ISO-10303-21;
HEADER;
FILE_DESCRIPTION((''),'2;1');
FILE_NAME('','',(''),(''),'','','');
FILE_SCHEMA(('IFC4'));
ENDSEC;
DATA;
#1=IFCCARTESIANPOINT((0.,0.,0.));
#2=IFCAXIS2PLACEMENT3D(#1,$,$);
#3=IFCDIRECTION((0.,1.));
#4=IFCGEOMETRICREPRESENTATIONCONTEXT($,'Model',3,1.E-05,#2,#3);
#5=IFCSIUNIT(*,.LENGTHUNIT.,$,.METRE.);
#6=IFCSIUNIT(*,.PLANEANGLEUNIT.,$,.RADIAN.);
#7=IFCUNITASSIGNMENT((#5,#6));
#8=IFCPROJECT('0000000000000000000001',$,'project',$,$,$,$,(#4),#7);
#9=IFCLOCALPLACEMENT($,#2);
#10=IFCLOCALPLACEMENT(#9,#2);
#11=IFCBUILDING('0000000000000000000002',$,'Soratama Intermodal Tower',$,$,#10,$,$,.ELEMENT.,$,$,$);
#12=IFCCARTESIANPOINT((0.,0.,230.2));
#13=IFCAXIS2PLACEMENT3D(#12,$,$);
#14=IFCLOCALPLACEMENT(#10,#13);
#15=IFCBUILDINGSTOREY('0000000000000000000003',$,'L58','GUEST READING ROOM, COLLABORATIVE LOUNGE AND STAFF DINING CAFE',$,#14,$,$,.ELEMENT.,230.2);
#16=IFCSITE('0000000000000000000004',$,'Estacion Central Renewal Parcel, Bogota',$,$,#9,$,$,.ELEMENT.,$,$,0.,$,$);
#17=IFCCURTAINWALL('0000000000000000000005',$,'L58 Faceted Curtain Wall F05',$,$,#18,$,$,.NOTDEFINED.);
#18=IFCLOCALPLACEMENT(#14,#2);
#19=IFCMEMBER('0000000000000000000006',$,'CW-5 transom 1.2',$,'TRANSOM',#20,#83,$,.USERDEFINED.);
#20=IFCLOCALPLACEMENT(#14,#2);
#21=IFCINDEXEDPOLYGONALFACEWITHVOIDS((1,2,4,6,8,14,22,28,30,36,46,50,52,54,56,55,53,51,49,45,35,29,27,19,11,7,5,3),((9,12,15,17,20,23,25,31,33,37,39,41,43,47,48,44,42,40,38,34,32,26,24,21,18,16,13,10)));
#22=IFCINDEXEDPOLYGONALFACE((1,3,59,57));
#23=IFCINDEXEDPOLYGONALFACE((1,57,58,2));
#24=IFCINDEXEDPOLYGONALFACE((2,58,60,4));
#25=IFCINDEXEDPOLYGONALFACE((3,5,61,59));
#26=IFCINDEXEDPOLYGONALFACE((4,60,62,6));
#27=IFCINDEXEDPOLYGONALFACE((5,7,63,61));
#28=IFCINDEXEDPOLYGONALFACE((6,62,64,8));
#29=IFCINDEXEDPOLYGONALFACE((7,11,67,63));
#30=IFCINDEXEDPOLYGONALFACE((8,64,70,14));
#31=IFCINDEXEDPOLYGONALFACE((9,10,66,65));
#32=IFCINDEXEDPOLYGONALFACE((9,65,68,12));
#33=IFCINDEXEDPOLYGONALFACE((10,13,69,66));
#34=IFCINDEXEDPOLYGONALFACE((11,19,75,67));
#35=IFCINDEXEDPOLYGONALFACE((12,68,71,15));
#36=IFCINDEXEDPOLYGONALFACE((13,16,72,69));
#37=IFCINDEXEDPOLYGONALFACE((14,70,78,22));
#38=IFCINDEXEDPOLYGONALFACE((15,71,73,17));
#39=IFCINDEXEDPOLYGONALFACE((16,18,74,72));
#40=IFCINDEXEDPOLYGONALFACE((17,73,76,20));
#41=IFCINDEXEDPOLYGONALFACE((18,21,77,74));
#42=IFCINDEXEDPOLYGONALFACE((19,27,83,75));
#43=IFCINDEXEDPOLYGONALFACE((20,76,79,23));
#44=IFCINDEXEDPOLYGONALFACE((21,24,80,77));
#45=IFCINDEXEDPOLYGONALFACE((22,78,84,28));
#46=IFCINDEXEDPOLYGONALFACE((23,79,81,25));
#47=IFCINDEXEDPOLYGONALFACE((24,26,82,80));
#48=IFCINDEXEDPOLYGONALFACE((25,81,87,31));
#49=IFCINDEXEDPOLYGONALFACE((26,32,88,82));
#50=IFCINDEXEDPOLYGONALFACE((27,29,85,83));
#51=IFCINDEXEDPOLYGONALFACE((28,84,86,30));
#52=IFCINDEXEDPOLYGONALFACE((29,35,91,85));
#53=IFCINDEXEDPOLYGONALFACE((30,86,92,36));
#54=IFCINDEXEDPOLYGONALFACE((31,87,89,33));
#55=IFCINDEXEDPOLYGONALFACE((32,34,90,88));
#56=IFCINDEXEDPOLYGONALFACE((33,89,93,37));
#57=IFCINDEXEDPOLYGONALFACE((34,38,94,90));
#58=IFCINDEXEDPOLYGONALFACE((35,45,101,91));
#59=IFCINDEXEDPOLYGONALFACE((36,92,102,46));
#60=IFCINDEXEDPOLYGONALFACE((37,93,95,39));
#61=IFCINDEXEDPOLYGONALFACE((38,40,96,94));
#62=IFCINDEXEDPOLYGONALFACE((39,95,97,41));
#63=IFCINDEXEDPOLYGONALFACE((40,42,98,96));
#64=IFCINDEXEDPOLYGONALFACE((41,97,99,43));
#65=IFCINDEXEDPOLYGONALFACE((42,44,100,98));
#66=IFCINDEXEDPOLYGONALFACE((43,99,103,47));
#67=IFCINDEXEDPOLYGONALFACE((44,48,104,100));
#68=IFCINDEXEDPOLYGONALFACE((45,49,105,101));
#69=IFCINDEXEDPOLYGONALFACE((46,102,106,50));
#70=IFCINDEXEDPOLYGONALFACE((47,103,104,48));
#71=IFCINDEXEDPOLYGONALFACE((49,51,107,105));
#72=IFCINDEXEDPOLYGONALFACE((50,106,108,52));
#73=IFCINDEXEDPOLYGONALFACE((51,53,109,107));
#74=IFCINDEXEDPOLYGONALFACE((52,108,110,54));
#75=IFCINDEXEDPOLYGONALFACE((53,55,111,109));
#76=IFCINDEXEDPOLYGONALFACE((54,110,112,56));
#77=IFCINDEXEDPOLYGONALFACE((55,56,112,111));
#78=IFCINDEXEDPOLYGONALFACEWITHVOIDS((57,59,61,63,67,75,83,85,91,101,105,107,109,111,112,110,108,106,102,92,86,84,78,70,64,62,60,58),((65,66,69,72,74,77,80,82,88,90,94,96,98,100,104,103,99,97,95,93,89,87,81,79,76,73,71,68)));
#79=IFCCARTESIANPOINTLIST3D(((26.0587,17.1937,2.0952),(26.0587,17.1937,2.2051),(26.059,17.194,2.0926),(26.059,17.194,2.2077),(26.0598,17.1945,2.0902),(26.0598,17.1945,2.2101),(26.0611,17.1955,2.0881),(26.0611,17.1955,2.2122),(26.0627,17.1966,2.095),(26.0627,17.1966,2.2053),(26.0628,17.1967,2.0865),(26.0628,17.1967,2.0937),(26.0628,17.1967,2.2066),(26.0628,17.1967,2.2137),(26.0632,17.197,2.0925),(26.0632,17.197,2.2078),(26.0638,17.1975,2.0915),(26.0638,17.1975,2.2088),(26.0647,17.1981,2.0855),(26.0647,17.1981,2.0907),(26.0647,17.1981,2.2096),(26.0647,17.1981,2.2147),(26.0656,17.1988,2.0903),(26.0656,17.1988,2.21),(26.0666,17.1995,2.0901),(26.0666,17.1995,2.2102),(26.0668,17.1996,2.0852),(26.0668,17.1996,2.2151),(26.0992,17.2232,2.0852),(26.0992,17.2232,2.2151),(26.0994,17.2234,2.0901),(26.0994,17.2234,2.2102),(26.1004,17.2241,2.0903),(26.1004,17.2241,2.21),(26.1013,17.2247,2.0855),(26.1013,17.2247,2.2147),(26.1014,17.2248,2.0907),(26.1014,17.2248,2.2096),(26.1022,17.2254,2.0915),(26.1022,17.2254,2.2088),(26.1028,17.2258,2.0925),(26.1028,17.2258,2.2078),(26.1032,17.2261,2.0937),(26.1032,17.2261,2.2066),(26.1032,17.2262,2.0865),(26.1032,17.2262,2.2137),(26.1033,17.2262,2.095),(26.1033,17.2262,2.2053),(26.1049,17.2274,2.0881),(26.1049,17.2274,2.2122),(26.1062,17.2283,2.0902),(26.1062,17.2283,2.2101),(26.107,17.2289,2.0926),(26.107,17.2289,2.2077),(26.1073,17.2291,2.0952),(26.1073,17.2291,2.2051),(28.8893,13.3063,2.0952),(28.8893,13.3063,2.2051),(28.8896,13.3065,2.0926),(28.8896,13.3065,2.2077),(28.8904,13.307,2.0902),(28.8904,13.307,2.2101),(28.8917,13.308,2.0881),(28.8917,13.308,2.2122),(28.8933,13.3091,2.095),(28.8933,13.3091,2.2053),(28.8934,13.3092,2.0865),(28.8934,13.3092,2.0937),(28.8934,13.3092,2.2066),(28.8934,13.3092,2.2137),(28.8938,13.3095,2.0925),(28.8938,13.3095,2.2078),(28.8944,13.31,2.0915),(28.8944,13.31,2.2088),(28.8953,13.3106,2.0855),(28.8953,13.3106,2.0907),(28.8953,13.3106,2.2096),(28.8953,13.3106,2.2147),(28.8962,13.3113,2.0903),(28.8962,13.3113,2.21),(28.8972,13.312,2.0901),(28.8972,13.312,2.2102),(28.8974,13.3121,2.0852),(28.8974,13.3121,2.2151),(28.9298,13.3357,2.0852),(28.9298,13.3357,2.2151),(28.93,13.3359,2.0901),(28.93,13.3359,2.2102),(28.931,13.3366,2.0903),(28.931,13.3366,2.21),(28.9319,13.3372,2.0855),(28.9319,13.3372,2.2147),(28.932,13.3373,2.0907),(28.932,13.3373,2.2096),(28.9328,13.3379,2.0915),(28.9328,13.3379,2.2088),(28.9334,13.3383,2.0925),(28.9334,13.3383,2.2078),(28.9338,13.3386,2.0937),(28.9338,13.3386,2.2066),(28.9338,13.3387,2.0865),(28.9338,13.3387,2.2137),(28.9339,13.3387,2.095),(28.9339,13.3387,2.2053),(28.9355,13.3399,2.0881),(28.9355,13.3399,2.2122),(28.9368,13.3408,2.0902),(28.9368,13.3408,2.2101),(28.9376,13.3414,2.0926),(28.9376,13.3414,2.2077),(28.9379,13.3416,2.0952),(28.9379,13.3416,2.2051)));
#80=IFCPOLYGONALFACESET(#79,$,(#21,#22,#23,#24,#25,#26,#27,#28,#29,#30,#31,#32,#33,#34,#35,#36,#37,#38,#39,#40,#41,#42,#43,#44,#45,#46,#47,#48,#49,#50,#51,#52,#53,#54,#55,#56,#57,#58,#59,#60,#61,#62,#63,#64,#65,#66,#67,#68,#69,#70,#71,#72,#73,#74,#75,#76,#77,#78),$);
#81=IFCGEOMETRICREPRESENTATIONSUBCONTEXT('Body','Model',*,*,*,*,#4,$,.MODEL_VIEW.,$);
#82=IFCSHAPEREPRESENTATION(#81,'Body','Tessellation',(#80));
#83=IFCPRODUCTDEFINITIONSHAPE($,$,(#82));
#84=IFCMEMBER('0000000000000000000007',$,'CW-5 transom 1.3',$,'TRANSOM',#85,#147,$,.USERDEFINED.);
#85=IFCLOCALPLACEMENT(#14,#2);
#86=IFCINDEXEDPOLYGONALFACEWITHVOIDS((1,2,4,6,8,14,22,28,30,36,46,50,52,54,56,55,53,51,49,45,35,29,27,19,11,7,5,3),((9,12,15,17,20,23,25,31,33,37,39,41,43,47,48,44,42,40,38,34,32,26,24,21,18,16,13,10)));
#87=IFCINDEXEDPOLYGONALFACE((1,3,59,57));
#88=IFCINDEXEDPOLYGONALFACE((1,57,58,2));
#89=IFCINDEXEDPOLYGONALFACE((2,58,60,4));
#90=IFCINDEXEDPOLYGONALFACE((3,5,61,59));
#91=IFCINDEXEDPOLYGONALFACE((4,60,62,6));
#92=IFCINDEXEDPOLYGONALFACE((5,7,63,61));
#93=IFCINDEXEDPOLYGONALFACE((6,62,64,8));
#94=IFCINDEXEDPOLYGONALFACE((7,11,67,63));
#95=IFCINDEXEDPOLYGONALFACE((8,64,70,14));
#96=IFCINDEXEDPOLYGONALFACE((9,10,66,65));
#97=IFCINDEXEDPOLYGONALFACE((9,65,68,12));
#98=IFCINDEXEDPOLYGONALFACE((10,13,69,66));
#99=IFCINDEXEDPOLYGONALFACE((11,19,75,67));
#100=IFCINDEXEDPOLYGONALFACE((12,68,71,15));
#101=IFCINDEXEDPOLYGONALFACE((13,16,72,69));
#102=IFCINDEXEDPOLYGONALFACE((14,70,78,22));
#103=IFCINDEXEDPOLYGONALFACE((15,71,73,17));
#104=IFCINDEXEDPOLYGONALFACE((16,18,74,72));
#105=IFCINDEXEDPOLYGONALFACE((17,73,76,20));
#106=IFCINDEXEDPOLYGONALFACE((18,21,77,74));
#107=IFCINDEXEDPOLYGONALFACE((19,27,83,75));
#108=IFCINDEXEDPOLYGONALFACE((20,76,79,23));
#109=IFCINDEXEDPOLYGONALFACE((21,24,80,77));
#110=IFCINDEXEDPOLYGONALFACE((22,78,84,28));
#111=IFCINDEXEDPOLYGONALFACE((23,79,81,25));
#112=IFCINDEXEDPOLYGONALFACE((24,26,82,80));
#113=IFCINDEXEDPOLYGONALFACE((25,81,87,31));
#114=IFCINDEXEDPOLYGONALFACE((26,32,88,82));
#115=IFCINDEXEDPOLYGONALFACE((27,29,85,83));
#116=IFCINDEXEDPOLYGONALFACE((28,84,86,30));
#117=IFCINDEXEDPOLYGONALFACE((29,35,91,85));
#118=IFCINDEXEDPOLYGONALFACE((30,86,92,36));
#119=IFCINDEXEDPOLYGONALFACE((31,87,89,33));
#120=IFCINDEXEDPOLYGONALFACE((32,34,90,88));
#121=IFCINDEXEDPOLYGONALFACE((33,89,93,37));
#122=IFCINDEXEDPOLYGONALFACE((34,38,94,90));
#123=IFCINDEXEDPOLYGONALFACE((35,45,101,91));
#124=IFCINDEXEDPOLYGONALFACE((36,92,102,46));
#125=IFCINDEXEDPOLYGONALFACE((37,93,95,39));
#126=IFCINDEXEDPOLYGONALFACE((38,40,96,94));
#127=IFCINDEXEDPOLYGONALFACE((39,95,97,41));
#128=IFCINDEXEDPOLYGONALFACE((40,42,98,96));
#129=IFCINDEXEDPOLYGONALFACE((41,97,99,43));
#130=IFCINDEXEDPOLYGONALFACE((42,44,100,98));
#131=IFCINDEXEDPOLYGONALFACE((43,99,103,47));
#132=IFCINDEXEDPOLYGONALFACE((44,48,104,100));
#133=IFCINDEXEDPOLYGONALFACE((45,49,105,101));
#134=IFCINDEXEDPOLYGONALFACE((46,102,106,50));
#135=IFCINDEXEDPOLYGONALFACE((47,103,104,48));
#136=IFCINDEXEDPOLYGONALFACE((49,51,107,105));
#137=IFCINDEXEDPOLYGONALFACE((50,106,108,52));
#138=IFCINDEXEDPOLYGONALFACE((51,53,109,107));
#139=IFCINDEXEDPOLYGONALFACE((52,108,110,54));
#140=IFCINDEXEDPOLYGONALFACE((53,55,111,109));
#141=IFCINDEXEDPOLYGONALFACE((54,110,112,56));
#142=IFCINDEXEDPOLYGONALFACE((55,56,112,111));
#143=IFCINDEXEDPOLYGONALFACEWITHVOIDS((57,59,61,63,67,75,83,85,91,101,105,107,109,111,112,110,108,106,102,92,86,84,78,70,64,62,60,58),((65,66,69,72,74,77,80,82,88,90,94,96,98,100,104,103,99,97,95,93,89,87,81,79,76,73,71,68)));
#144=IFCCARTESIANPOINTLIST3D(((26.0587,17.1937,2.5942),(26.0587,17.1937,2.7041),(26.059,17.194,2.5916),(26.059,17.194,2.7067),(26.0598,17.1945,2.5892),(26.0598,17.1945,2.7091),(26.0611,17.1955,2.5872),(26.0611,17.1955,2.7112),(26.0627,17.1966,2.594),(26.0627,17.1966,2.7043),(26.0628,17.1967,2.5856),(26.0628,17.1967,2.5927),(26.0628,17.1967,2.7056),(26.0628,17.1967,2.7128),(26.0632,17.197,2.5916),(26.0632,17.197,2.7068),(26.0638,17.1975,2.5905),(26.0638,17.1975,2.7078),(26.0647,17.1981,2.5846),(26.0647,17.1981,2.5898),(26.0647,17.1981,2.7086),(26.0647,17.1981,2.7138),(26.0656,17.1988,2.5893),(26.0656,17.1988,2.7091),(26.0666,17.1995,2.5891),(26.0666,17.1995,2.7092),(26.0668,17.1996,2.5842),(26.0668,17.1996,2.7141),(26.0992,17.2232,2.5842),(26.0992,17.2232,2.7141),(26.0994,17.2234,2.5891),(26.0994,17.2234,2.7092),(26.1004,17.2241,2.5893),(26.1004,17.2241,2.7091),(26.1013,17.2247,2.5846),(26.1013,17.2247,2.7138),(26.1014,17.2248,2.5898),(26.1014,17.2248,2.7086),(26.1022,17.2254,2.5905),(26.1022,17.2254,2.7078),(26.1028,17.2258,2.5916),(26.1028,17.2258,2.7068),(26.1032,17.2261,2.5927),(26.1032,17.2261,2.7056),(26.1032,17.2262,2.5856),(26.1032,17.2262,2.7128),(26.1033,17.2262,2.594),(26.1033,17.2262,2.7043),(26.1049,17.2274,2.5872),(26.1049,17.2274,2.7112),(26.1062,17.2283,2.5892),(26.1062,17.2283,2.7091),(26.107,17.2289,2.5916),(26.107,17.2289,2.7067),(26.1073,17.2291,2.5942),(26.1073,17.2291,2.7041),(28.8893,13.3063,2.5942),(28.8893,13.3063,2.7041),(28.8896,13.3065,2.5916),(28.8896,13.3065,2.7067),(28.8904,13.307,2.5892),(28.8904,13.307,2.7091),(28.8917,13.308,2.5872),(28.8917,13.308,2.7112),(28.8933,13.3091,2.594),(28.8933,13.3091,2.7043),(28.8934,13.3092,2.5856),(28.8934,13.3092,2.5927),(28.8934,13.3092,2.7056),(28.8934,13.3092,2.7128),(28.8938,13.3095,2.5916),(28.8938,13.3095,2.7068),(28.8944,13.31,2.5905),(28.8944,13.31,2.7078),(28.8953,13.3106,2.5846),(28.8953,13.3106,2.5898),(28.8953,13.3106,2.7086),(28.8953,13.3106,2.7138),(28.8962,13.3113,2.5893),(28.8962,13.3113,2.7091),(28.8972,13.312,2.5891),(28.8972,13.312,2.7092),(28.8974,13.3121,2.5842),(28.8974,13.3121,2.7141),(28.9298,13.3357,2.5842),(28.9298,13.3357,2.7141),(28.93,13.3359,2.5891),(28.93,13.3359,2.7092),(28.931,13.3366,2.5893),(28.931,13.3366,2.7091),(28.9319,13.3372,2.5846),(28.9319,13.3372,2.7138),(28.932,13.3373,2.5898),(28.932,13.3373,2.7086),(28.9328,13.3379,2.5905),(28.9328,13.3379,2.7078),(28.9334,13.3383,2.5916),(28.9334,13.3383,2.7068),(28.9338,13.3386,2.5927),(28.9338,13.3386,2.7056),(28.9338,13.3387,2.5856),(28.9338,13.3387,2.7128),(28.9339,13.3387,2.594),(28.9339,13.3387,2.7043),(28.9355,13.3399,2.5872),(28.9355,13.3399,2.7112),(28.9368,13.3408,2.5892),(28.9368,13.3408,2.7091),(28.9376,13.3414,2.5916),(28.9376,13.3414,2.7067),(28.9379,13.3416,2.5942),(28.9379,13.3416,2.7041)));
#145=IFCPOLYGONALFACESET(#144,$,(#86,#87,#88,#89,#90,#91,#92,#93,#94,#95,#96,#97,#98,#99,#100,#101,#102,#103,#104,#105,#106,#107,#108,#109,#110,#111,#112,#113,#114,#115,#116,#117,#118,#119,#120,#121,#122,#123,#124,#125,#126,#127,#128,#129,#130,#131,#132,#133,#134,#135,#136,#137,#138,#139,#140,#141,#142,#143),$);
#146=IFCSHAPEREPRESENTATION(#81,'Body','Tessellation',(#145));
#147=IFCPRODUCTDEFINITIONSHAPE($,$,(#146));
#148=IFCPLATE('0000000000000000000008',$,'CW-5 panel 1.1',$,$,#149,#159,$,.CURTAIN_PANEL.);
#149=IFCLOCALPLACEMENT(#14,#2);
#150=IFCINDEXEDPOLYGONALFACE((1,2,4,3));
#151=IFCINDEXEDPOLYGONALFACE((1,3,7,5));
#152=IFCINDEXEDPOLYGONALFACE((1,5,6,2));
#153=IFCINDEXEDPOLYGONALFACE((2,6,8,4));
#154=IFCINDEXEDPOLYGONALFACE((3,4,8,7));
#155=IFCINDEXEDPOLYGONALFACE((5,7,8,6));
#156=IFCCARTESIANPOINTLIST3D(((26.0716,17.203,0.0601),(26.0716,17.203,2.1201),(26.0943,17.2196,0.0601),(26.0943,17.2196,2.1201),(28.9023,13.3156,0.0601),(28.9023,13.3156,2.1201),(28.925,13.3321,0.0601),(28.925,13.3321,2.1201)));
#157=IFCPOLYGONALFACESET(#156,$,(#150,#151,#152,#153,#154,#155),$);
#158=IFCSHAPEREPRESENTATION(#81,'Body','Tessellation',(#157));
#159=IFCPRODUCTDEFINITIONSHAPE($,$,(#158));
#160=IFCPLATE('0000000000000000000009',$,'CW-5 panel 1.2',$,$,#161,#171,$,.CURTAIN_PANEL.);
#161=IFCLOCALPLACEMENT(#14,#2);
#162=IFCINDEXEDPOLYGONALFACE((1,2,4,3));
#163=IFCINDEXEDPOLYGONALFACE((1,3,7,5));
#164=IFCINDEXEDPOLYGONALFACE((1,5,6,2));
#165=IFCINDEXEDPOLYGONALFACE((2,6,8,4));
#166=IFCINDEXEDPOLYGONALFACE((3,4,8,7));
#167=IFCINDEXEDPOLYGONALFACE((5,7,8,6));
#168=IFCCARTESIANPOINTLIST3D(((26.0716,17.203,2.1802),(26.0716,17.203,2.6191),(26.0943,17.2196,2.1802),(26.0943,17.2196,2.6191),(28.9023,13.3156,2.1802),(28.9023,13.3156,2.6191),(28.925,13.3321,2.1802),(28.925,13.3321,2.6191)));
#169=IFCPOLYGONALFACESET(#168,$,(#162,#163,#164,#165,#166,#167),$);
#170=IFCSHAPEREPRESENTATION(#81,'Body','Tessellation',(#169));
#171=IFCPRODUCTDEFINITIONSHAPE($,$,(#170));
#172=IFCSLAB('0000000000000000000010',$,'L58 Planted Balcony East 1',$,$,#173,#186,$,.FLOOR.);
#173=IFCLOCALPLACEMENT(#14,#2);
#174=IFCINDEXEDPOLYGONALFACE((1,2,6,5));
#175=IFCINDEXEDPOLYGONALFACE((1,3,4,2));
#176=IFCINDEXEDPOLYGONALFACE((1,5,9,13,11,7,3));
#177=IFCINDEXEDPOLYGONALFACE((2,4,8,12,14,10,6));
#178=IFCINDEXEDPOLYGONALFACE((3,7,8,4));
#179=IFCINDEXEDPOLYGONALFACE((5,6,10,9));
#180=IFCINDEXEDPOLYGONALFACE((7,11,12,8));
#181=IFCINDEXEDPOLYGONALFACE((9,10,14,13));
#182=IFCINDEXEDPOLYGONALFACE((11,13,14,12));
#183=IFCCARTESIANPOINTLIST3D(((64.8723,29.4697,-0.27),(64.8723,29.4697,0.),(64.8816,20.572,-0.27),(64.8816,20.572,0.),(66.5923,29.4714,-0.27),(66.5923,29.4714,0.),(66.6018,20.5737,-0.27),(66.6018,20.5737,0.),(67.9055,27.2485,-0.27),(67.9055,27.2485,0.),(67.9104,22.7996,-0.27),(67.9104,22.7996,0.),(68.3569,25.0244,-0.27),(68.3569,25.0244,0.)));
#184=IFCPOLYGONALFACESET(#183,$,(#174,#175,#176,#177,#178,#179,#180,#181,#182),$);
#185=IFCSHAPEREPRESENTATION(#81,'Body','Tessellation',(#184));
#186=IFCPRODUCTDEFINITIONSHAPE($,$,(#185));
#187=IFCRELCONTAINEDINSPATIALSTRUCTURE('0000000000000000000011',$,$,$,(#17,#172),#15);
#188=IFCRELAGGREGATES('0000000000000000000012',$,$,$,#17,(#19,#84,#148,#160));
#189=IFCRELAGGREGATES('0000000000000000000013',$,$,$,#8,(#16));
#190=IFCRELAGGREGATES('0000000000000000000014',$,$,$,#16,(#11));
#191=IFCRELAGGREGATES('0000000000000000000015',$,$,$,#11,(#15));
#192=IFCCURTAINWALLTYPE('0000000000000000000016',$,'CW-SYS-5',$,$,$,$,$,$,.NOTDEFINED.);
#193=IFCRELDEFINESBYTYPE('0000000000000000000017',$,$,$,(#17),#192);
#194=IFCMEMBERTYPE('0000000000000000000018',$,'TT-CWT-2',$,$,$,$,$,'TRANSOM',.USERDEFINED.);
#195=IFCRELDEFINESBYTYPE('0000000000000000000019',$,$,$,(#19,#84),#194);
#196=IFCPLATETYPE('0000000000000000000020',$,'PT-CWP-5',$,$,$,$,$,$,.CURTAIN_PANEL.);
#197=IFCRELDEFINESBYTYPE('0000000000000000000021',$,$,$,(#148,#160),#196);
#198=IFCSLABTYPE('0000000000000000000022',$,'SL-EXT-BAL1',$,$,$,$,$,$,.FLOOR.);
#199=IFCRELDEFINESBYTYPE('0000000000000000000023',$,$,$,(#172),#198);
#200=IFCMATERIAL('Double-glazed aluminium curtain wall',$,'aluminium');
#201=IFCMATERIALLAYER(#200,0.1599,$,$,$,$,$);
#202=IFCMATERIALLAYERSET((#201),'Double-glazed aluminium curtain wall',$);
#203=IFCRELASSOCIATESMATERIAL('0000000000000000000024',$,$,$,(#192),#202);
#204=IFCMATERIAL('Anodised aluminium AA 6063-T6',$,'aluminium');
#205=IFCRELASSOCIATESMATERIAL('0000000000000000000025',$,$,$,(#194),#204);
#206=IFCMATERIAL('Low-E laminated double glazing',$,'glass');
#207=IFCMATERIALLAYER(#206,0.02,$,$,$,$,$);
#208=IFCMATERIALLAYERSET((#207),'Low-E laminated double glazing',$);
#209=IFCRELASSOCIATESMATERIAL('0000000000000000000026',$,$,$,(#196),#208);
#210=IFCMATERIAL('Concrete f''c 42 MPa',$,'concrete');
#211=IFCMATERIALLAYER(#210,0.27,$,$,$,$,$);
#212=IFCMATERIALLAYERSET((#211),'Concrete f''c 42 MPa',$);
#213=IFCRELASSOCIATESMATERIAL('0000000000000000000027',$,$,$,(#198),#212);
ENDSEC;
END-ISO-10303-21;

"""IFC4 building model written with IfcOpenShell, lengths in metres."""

from ifc_helpers import new_model, si_unit, direction, frame, origin, origin_2d, place, context, subcontext, project, spatial, polyline, rectangle, hollow_rectangle, outline, extrude, material, layer, layer_set, material_profile, profile_set, type_object, element, aggregate, save


model = new_model("IFC4")

# Units and contexts
model_context = context("Model", 3, precision=1e-05, world=origin(), true_north=direction((0.0, 1.0)))
body_context = subcontext(model_context, "Body", "Model", "MODEL_VIEW")
ifc_project = project(units=[si_unit("LENGTHUNIT", "METRE"), si_unit("PLANEANGLEUNIT", "RADIAN")], contexts=[model_context])

# Site, building, storey
site_placement = place(None, origin())
site = spatial("IfcSite", under=ifc_project, at=site_placement, Name="Estacion Central Renewal Parcel, Bogota", CompositionType="ELEMENT", RefElevation=0.0)
building_placement = place(site_placement, origin())
building = spatial("IfcBuilding", under=site, at=building_placement, Name="Soratama Intermodal Tower", CompositionType="ELEMENT")
storey_placement = place(building_placement, frame((0.0, 0.0, 230.2)))
storey = spatial("IfcBuildingStorey", under=building, at=storey_placement, Name="L58", Description="GUEST READING ROOM, COLLABORATIVE LOUNGE AND STAFF DINING CAFE", CompositionType="ELEMENT", Elevation=230.2)

# Curtain wall, members, plates
ifc_material_1 = material(Name="Double-glazed aluminium curtain wall", Category="aluminium")
ifc_layer_1 = layer(ifc_material_1, 0.1599)
ifc_layer_set_1 = layer_set([ifc_layer_1], Name="Double-glazed aluminium curtain wall")
curtain_wall_type = type_object("IfcCurtainWallType", Name="CW-SYS-5", PredefinedType="NOTDEFINED", material=ifc_layer_set_1)
curtain_wall_placement = place(storey_placement, origin())
curtain_wall = element("IfcCurtainWall", 1, at=curtain_wall_placement, inside=storey, type_object=curtain_wall_type, Name="L58 Faceted Curtain Wall F05", PredefinedType="NOTDEFINED")
ifc_material_2 = material(Name="Anodised aluminium AA 6063-T6", Category="aluminium")
ifc_material_profile_1 = material_profile(ifc_material_2, hollow_rectangle(XDim=0.0601, YDim=0.1299, WallThickness=0.0049, InnerFilletRadius=0.0049, OuterFilletRadius=0.01, at=origin_2d()), Name="CWT130X60X5")
ifc_profile_set_1 = profile_set([ifc_material_profile_1], Name="Anodised aluminium AA 6063-T6")
member_type_1 = type_object("IfcMemberType", Name="TT-CWT-2", ElementType="TRANSOM", PredefinedType="USERDEFINED", material=ifc_profile_set_1)
member_1_placement = place(storey_placement, frame((26.083, 17.2114, 2.1501), z_axis=(0.588624, -0.808407, 0.0), x_axis=(0.808407, 0.588624, 0.0)))
member_1 = element("IfcMember", 2, at=member_1_placement, type_object=member_type_1, Name="CW-5 transom 1.2", ObjectType="TRANSOM", PredefinedType="USERDEFINED", context=body_context, shape_type="SweptSolid", body=[
    extrude(hollow_rectangle(XDim=0.0601, YDim=0.1299, WallThickness=0.0049, InnerFilletRadius=0.0049, OuterFilletRadius=0.01, at=origin_2d()), origin(), (0.0, 0.0, 1.0), 4.8088),
])
member_2_placement = place(storey_placement, frame((26.083, 17.2114, 2.6492), z_axis=(0.588624, -0.808407, 0.0), x_axis=(0.808407, 0.588624, 0.0)))
member_2 = element("IfcMember", 3, at=member_2_placement, type_object=member_type_1, Name="CW-5 transom 1.3", ObjectType="TRANSOM", PredefinedType="USERDEFINED", context=body_context, shape_type="SweptSolid", body=[
    extrude(hollow_rectangle(XDim=0.0601, YDim=0.1299, WallThickness=0.0049, InnerFilletRadius=0.0049, OuterFilletRadius=0.01, at=origin_2d()), origin(), (0.0, 0.0, 1.0), 4.8088),
])
ifc_material_3 = material(Name="Low-E laminated double glazing", Category="glass")
ifc_layer_2 = layer(ifc_material_3, 0.02)
ifc_layer_set_2 = layer_set([ifc_layer_2], Name="Low-E laminated double glazing")
plate_type = type_object("IfcPlateType", Name="PT-CWP-5", PredefinedType="CURTAIN_PANEL", material=ifc_layer_set_2)
plate_1_placement = place(storey_placement, frame((27.4983, 15.2676, 0.0601), z_axis=(0.0, 0.0, 1.0), x_axis=(0.588639, -0.808396, 0.0)))
plate_1 = element("IfcPlate", 4, at=plate_1_placement, type_object=plate_type, Name="CW-5 panel 1.1", PredefinedType="CURTAIN_PANEL", context=body_context, shape_type="SweptSolid", body=[
    extrude(rectangle(XDim=4.8088, YDim=0.0281, at=origin_2d()), origin(), (0.0, 0.0, 1.0), 2.0601),
])
plate_2_placement = place(storey_placement, frame((27.4983, 15.2676, 2.1802), z_axis=(0.0, 0.0, 1.0), x_axis=(0.588639, -0.808396, 0.0)))
plate_2 = element("IfcPlate", 5, at=plate_2_placement, type_object=plate_type, Name="CW-5 panel 1.2", PredefinedType="CURTAIN_PANEL", context=body_context, shape_type="SweptSolid", body=[
    extrude(rectangle(XDim=4.8088, YDim=0.0281, at=origin_2d()), origin(), (0.0, 0.0, 1.0), 0.439),
])
aggregate(curtain_wall, [member_1, member_2, plate_1, plate_2])

# Slab
ifc_material_4 = material(Name="Concrete f'c 42 MPa", Category="concrete")
ifc_layer_3 = layer(ifc_material_4, 0.27)
ifc_layer_set_3 = layer_set([ifc_layer_3], Name="Concrete f'c 42 MPa")
slab_type_1 = type_object("IfcSlabType", Name="SL-EXT-BAL1", PredefinedType="FLOOR", material=ifc_layer_set_3)
slab_1_placement = place(storey_placement, frame((0.0, 0.0, -0.27)))
element("IfcSlab", 6, at=slab_1_placement, inside=storey, type_object=slab_type_1, Name="L58 Planted Balcony East 1", PredefinedType="FLOOR", context=body_context, shape_type="SweptSolid", body=[
    extrude(outline(polyline([(64.8816, 20.572), (64.8723, 29.4697), (66.5923, 29.4714), (67.9055, 27.2485), (68.3569, 25.0244), (67.9104, 22.7996), (66.6018, 20.5737), (64.8816, 20.572)])), origin(), (0.0, 0.0, 1.0), 0.27),
])

save(model, "model.ifc")
